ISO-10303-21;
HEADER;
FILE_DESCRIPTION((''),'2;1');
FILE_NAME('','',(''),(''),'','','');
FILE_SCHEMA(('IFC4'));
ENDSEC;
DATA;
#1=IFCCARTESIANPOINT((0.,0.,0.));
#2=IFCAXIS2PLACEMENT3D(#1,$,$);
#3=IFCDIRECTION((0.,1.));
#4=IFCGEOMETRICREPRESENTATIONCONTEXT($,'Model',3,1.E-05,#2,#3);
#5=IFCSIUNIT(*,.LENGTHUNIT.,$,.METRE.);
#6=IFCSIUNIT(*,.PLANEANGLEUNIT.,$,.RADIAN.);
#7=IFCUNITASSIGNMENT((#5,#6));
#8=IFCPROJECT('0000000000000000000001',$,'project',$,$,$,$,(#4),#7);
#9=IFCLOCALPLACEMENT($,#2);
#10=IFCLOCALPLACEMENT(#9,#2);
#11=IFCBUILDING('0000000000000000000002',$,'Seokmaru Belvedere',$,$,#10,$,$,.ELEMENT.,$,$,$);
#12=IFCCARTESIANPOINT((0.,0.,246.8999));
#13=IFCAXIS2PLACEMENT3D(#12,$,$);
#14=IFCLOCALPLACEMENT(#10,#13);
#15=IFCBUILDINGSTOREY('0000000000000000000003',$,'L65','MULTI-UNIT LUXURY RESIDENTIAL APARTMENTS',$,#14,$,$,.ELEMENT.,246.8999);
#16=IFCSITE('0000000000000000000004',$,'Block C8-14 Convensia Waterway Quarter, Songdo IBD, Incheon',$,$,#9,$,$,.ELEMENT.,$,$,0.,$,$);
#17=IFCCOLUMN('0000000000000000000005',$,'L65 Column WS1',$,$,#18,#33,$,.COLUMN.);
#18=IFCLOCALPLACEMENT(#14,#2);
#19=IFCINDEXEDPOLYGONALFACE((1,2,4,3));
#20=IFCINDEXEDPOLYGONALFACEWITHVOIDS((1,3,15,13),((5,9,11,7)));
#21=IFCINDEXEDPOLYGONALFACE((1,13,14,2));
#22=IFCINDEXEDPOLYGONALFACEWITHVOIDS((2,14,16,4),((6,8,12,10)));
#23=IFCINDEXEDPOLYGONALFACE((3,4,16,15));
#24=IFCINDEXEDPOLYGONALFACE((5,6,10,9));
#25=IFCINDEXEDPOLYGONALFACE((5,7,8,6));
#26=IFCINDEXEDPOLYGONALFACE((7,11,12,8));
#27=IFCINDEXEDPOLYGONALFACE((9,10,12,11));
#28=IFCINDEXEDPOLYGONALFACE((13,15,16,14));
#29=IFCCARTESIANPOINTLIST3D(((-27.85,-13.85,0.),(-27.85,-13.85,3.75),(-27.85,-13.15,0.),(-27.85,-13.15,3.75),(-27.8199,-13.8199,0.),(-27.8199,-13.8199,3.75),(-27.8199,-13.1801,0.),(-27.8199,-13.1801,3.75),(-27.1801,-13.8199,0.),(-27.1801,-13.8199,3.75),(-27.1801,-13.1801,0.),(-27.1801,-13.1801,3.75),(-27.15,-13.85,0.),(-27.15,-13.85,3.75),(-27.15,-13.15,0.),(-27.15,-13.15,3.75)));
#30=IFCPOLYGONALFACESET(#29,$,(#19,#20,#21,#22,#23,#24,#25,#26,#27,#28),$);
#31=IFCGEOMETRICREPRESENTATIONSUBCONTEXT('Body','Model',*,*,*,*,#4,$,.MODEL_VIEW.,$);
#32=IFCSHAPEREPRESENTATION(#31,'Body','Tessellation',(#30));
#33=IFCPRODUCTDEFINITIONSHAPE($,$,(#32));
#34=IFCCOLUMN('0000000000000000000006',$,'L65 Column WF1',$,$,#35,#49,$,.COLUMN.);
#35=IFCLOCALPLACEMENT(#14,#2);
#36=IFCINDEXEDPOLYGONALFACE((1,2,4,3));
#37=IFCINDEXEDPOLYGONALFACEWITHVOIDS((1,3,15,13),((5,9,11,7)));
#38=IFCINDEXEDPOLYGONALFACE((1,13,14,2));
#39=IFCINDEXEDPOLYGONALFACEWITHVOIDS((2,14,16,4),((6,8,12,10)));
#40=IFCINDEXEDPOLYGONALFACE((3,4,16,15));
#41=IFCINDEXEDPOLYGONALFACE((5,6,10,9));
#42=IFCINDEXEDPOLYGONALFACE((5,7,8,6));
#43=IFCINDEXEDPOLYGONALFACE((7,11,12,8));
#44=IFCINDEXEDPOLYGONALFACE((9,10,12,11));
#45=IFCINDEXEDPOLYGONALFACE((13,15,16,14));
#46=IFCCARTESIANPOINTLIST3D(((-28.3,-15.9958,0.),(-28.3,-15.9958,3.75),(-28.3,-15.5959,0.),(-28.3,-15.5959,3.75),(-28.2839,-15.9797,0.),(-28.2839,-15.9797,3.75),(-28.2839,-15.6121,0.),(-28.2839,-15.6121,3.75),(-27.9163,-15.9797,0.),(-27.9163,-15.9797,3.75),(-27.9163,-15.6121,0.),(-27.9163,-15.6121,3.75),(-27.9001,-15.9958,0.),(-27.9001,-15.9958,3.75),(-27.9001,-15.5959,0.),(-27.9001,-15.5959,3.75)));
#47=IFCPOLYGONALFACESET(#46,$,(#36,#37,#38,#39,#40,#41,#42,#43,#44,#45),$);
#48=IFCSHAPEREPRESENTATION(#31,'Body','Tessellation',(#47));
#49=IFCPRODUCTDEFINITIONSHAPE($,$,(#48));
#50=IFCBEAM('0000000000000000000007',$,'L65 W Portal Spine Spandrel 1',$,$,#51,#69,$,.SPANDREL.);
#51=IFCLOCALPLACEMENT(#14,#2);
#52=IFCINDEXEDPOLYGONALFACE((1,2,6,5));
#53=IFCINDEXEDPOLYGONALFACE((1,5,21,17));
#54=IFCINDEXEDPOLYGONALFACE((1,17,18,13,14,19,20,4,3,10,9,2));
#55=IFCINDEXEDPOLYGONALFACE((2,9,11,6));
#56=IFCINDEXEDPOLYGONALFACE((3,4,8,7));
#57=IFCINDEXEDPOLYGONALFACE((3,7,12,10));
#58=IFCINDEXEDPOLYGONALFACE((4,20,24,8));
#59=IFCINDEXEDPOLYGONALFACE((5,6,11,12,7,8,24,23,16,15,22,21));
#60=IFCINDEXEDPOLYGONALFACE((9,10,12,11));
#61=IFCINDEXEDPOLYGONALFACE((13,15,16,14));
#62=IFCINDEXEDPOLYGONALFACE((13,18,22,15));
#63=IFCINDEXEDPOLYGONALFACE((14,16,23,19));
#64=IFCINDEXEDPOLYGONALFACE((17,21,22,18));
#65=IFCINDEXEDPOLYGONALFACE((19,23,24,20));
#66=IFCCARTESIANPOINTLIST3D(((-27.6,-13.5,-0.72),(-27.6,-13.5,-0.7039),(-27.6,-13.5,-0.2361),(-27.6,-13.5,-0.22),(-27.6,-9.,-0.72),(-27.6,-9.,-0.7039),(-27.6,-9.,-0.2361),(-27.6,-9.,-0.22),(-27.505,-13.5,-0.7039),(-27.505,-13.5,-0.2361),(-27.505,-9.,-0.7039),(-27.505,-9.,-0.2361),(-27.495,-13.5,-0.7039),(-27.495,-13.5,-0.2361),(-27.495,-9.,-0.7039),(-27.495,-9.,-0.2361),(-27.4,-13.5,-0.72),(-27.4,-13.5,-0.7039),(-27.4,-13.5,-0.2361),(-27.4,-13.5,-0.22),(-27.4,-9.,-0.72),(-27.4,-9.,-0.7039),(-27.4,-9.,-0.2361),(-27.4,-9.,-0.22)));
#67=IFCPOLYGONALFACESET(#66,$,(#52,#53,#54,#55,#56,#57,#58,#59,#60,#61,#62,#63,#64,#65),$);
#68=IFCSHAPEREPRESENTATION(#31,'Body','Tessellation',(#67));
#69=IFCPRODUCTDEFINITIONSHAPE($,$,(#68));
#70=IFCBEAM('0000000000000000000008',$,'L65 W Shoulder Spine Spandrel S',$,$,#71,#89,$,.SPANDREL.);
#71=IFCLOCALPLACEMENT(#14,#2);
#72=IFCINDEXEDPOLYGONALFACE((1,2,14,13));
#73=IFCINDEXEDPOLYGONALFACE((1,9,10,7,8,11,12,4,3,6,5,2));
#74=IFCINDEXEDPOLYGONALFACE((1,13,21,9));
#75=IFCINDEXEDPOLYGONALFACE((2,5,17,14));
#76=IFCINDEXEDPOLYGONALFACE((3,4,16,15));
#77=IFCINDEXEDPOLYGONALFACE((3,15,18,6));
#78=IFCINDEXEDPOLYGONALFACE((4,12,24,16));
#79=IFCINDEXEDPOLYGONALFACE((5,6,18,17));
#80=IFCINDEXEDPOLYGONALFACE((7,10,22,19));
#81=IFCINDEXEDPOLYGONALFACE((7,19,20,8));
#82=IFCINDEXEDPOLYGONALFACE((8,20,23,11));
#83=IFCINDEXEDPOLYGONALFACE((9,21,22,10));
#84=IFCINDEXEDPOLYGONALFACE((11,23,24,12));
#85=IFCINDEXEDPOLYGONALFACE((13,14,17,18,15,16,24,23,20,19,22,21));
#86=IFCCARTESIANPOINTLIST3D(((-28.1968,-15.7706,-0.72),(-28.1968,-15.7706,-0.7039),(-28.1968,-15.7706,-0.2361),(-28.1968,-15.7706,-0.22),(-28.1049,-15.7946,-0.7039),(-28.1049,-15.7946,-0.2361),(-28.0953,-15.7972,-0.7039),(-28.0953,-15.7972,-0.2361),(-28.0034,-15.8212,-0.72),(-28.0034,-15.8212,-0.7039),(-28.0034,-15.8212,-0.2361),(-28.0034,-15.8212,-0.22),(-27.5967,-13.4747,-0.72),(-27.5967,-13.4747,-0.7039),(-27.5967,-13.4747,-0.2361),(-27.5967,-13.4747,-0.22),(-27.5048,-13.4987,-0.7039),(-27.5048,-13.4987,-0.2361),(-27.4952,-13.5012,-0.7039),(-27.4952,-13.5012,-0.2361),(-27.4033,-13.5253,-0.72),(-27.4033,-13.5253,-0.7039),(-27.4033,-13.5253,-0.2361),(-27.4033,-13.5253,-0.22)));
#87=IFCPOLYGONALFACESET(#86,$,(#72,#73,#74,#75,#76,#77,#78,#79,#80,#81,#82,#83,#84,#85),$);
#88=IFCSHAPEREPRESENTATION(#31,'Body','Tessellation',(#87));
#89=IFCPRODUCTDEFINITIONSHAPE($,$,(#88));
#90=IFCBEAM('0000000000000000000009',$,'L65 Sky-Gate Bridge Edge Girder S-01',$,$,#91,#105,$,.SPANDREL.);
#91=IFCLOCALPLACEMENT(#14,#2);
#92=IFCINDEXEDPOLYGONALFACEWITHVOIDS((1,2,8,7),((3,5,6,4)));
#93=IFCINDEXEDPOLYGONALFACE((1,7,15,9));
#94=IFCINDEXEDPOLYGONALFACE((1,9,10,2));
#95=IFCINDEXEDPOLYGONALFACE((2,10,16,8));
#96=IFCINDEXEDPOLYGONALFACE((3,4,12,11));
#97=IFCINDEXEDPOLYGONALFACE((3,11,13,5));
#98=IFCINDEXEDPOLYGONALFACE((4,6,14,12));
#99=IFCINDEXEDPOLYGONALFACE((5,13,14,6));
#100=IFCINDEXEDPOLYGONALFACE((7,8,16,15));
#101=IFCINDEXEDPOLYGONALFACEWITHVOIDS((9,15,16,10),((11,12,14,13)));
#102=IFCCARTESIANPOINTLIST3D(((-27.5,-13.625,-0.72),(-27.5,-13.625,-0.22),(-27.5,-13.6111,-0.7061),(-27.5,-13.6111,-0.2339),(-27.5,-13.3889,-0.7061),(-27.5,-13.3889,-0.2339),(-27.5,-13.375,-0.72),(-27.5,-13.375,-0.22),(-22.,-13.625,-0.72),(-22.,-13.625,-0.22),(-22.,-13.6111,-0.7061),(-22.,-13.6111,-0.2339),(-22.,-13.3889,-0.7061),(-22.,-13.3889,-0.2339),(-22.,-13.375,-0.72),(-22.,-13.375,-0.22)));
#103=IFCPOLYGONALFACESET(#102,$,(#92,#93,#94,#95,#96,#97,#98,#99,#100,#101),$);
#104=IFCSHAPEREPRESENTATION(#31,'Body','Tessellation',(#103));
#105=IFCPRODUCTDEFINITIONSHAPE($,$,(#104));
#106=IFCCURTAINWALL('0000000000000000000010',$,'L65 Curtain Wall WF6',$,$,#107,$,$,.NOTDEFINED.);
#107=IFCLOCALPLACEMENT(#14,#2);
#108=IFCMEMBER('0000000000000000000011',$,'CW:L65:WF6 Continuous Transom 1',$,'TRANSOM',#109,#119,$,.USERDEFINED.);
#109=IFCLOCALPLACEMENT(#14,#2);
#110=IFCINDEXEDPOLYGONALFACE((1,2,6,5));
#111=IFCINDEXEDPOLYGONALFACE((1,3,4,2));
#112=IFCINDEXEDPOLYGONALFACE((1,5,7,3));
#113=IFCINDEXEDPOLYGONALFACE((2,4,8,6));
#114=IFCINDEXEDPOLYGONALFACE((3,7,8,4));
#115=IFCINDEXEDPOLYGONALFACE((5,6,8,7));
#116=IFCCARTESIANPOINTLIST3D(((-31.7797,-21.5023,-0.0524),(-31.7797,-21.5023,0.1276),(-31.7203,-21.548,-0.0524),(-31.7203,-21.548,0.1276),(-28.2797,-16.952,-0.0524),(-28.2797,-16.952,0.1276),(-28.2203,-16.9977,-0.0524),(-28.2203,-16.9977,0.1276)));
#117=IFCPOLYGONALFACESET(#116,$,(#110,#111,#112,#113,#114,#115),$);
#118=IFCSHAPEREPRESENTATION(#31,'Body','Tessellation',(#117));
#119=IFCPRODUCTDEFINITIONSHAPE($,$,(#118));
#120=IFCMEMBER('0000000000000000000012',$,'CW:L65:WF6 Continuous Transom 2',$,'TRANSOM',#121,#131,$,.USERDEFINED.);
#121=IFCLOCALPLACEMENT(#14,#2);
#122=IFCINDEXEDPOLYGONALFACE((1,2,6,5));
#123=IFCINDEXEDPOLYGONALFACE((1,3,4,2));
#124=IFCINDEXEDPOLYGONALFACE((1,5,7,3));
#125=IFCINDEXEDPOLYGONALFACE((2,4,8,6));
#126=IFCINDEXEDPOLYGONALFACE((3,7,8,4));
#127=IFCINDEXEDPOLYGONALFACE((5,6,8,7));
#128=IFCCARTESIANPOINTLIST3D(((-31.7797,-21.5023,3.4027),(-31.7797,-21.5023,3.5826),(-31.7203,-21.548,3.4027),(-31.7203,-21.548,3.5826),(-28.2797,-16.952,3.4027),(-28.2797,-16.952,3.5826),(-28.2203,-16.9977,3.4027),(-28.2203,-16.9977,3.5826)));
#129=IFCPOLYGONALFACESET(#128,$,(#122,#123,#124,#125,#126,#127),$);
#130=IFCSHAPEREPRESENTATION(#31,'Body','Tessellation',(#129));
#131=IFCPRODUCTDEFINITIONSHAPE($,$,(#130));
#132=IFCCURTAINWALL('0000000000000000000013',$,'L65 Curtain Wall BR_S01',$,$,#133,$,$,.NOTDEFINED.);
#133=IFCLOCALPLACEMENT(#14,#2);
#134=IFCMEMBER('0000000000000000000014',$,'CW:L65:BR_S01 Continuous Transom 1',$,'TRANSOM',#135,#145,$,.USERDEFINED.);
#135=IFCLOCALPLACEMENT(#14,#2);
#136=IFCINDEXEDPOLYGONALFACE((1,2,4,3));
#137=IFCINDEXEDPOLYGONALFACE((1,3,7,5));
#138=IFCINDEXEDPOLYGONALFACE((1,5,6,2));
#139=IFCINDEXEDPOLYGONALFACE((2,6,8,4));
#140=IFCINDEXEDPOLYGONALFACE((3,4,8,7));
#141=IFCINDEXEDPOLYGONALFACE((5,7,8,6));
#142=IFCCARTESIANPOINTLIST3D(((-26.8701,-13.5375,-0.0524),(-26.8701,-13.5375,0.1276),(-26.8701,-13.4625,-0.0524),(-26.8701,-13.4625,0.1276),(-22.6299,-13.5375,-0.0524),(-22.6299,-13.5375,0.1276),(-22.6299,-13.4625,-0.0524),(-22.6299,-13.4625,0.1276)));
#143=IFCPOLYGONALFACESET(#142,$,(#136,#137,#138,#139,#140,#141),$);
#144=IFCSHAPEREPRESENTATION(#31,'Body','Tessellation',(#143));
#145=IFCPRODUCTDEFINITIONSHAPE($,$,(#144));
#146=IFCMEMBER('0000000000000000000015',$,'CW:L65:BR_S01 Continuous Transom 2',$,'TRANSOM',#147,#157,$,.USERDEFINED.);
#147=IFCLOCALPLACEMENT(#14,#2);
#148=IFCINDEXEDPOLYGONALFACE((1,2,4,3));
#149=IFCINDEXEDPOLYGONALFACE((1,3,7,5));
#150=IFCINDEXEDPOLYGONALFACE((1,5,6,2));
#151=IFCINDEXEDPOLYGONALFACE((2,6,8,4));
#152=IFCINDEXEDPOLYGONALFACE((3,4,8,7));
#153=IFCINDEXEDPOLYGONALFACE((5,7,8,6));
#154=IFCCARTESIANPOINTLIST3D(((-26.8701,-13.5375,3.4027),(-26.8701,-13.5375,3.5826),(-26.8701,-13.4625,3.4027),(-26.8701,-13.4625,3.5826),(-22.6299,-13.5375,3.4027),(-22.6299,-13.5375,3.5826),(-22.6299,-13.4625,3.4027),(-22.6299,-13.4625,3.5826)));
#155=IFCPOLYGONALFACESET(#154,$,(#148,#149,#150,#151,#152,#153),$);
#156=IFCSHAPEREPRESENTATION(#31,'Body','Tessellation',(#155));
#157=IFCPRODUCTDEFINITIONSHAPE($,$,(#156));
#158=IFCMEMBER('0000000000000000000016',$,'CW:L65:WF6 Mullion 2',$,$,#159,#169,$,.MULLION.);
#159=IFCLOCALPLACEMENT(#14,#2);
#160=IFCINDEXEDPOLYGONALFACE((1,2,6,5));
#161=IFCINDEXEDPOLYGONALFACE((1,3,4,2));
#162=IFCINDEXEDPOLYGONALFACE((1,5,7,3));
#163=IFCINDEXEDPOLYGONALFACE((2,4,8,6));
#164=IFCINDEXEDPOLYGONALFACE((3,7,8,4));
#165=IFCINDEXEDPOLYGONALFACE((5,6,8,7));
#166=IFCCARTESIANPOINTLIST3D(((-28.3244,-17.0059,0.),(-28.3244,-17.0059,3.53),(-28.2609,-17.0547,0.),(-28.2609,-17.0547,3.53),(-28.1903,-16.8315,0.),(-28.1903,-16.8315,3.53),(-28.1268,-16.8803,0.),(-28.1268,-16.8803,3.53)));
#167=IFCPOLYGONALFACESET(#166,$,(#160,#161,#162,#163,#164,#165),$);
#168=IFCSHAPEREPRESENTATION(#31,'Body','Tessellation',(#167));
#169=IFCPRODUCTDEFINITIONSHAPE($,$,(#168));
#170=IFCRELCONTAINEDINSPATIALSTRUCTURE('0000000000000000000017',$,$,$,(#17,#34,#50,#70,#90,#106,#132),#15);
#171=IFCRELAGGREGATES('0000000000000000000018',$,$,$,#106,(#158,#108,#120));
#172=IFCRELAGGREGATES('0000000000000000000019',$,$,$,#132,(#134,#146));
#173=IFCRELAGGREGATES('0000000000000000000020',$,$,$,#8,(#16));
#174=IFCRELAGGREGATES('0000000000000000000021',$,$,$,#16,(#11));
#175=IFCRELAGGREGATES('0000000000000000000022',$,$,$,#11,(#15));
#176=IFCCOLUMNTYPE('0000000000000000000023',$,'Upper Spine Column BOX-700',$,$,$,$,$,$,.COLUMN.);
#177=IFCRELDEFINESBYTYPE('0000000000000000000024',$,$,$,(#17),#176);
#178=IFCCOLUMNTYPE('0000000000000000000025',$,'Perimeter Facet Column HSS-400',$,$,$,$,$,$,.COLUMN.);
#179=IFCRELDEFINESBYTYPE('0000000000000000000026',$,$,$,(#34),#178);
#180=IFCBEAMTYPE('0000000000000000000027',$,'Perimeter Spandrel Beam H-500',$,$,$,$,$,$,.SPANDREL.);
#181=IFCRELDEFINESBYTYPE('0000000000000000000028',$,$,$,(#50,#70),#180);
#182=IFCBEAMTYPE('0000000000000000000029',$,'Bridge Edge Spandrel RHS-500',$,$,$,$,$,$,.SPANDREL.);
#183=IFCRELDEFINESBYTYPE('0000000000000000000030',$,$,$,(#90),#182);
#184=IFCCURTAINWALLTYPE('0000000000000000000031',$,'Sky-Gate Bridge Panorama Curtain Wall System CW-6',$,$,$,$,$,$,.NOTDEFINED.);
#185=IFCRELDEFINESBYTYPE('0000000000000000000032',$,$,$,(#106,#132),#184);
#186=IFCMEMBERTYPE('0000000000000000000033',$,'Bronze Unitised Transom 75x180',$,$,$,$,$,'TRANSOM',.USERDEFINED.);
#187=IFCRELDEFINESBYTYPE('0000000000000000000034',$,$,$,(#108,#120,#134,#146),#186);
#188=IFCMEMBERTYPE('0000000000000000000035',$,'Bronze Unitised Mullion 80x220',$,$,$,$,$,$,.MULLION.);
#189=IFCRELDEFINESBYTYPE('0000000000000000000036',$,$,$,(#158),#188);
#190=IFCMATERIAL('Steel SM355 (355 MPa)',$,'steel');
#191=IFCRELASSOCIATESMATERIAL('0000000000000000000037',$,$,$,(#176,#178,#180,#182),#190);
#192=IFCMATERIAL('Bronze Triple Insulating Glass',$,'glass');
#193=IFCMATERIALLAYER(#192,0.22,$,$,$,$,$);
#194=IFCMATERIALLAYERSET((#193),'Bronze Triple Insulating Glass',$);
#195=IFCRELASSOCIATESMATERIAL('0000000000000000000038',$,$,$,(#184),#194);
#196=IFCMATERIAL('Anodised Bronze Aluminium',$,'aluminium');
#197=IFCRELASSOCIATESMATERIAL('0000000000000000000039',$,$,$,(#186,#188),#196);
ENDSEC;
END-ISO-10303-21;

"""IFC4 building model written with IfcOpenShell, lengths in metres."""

from ifc_helpers import new_model, si_unit, direction, frame, origin, origin_2d, place, context, subcontext, project, spatial, rectangle, hollow_rectangle, i_section, extrude, source, transform, mapped, material, layer, layer_set, material_profile, profile_set, type_object, type_shapes, element, aggregate, save


model = new_model("IFC4")

# Units and contexts
model_context = context("Model", 3, precision=1e-05, world=origin(), true_north=direction((0.0, 1.0)))
body_context = subcontext(model_context, "Body", "Model", "MODEL_VIEW")
ifc_project = project(units=[si_unit("LENGTHUNIT", "METRE"), si_unit("PLANEANGLEUNIT", "RADIAN")], contexts=[model_context])

# Site, building, storey
site_placement = place(None, origin())
site = spatial("IfcSite", under=ifc_project, at=site_placement, Name="Block C8-14 Convensia Waterway Quarter, Songdo IBD, Incheon", CompositionType="ELEMENT", RefElevation=0.0)
building_placement = place(site_placement, origin())
building = spatial("IfcBuilding", under=site, at=building_placement, Name="Seokmaru Belvedere", CompositionType="ELEMENT")
storey_placement = place(building_placement, frame((0.0, 0.0, 246.8999)))
storey = spatial("IfcBuildingStorey", under=building, at=storey_placement, Name="L65", Description="MULTI-UNIT LUXURY RESIDENTIAL APARTMENTS", CompositionType="ELEMENT", Elevation=246.8999)

# Columns
ifc_material_1 = material(Name="Steel SM355 (355 MPa)", Category="steel")
ifc_material_profile_1 = material_profile(ifc_material_1, hollow_rectangle(XDim=0.7, YDim=0.7, WallThickness=0.03, at=origin_2d()), Name="BOX-700x700x30")
ifc_profile_set_1 = profile_set([ifc_material_profile_1], Name="Steel SM355 (355 MPa)")
column_type_1 = type_object("IfcColumnType", Name="Upper Spine Column BOX-700", PredefinedType="COLUMN", material=ifc_profile_set_1)
shared_shape_1 = source(origin(), body_context, "Body", "SweptSolid", [
    extrude(hollow_rectangle(XDim=0.7, YDim=0.7, WallThickness=0.03, at=origin_2d()), origin(), (0.0, 0.0, 1.0), 3.75),
])
type_shapes(column_type_1, [shared_shape_1])
column_1_placement = place(storey_placement, frame((-27.5, -13.5, 0.0), z_axis=(0.0, 0.0, 1.0), x_axis=(1.0, 0.0, 0.0)))
element("IfcColumn", 1, at=column_1_placement, inside=storey, type_object=column_type_1, Name="L65 Column WS1", PredefinedType="COLUMN", context=body_context, shape_type="MappedRepresentation", body=[
    mapped(shared_shape_1, transform((0.0, 0.0, 0.0), scale=1.0)),
])
ifc_material_profile_2 = material_profile(ifc_material_1, hollow_rectangle(XDim=0.3999, YDim=0.3999, WallThickness=0.0161, at=origin_2d()), Name="HSS-400x400x16")
ifc_profile_set_2 = profile_set([ifc_material_profile_2], Name="Steel SM355 (355 MPa)")
column_type_2 = type_object("IfcColumnType", Name="Perimeter Facet Column HSS-400", PredefinedType="COLUMN", material=ifc_profile_set_2)
shared_shape_2 = source(origin(), body_context, "Body", "SweptSolid", [
    extrude(hollow_rectangle(XDim=0.3999, YDim=0.3999, WallThickness=0.0161, at=origin_2d()), origin(), (0.0, 0.0, 1.0), 3.75),
])
type_shapes(column_type_2, [shared_shape_2])
column_2_placement = place(storey_placement, frame((-28.1001, -15.7959, 0.0), z_axis=(0.0, 0.0, 1.0), x_axis=(1.0, 0.0, 0.0)))
element("IfcColumn", 2, at=column_2_placement, inside=storey, type_object=column_type_2, Name="L65 Column WF1", PredefinedType="COLUMN", context=body_context, shape_type="MappedRepresentation", body=[
    mapped(shared_shape_2, transform((0.0, 0.0, 0.0), scale=1.0)),
])

# Beams
ifc_material_profile_3 = material_profile(ifc_material_1, i_section(OverallWidth=0.2, OverallDepth=0.5, WebThickness=0.01, FlangeThickness=0.0161, at=origin_2d()), Name="H-500x200x10x16")
ifc_profile_set_3 = profile_set([ifc_material_profile_3], Name="Steel SM355 (355 MPa)")
beam_type_1 = type_object("IfcBeamType", Name="Perimeter Spandrel Beam H-500", PredefinedType="SPANDREL", material=ifc_profile_set_3)
shared_shape_3 = source(origin(), body_context, "Body", "SweptSolid", [
    extrude(i_section(OverallWidth=0.2, OverallDepth=0.5, WebThickness=0.01, FlangeThickness=0.0161, at=origin_2d()), origin(), (0.0, 0.0, 1.0), 4.5),
])
beam_1_placement = place(storey_placement, frame((-27.5, -13.5, -0.47), z_axis=(0.0, 1.0, 0.0), x_axis=(-1.0, 0.0, 0.0)))
element("IfcBeam", 3, at=beam_1_placement, inside=storey, type_object=beam_type_1, Name="L65 W Portal Spine Spandrel 1", PredefinedType="SPANDREL", context=body_context, shape_type="MappedRepresentation", body=[
    mapped(shared_shape_3, transform((0.0, 0.0, 0.0), scale=1.0)),
])
shared_shape_4 = source(origin(), body_context, "Body", "SweptSolid", [
    extrude(i_section(OverallWidth=0.2, OverallDepth=0.5, WebThickness=0.01, FlangeThickness=0.0161, at=origin_2d()), origin(), (0.0, 0.0, 1.0), 2.373),
])
type_shapes(beam_type_1, [shared_shape_3, shared_shape_4])
beam_2_placement = place(storey_placement, frame((-28.1001, -15.7959, -0.47), z_axis=(0.252883, 0.967497, 0.0), x_axis=(-0.967497, 0.252883, 0.0)))
element("IfcBeam", 4, at=beam_2_placement, inside=storey, type_object=beam_type_1, Name="L65 W Shoulder Spine Spandrel S", PredefinedType="SPANDREL", context=body_context, shape_type="MappedRepresentation", body=[
    mapped(shared_shape_4, transform((0.0, 0.0, 0.0), scale=1.0)),
])
ifc_material_profile_4 = material_profile(ifc_material_1, hollow_rectangle(XDim=0.25, YDim=0.5, WallThickness=0.0139, at=origin_2d()), Name="RHS-500x250x14")
ifc_profile_set_4 = profile_set([ifc_material_profile_4], Name="Steel SM355 (355 MPa)")
beam_type_2 = type_object("IfcBeamType", Name="Bridge Edge Spandrel RHS-500", PredefinedType="SPANDREL", material=ifc_profile_set_4)
shared_shape_5 = source(origin(), body_context, "Body", "SweptSolid", [
    extrude(hollow_rectangle(XDim=0.25, YDim=0.5, WallThickness=0.0139, at=origin_2d()), origin(), (0.0, 0.0, 1.0), 5.5),
])
type_shapes(beam_type_2, [shared_shape_5])
beam_3_placement = place(storey_placement, frame((-27.5, -13.5, -0.47), z_axis=(1.0, 0.0, 0.0), x_axis=(0.0, 1.0, 0.0)))
element("IfcBeam", 5, at=beam_3_placement, inside=storey, type_object=beam_type_2, Name="L65 Sky-Gate Bridge Edge Girder S-01", PredefinedType="SPANDREL", context=body_context, shape_type="MappedRepresentation", body=[
    mapped(shared_shape_5, transform((0.0, 0.0, 0.0), scale=1.0)),
])

# Curtain walls, members
ifc_material_2 = material(Name="Bronze Triple Insulating Glass", Category="glass")
ifc_layer_1 = layer(ifc_material_2, 0.22)
ifc_layer_set_1 = layer_set([ifc_layer_1], Name="Bronze Triple Insulating Glass")
curtain_wall_type = type_object("IfcCurtainWallType", Name="Sky-Gate Bridge Panorama Curtain Wall System CW-6", PredefinedType="NOTDEFINED", material=ifc_layer_set_1)
curtain_wall_1_placement = place(storey_placement, origin())
curtain_wall_1 = element("IfcCurtainWall", 6, at=curtain_wall_1_placement, inside=storey, type_object=curtain_wall_type, Name="L65 Curtain Wall WF6", PredefinedType="NOTDEFINED")
ifc_material_3 = material(Name="Anodised Bronze Aluminium", Category="aluminium")
ifc_material_profile_5 = material_profile(ifc_material_3, rectangle(XDim=0.075, YDim=0.1799, at=origin_2d()), Name="CW-T-75x180")
ifc_profile_set_5 = profile_set([ifc_material_profile_5], Name="Anodised Bronze Aluminium")
member_type_1 = type_object("IfcMemberType", Name="Bronze Unitised Transom 75x180", ElementType="TRANSOM", PredefinedType="USERDEFINED", material=ifc_profile_set_5)
shared_shape_6 = source(origin(), body_context, "Body", "SweptSolid", [
    extrude(rectangle(XDim=0.075, YDim=0.1799, at=origin_2d()), origin(), (0.0, 0.0, 1.0), 5.7407),
])
member_1_placement = place(storey_placement, frame((-31.75, -21.5251, 0.0376), z_axis=(0.609686, 0.792643, 0.0), x_axis=(-0.792643, 0.609686, 0.0)))
member_1 = element("IfcMember", 7, at=member_1_placement, type_object=member_type_1, Name="CW:L65:WF6 Continuous Transom 1", ObjectType="TRANSOM", PredefinedType="USERDEFINED", context=body_context, shape_type="MappedRepresentation", body=[
    mapped(shared_shape_6, transform((0.0, 0.0, 0.0), scale=1.0)),
])
member_2_placement = place(storey_placement, frame((-31.75, -21.5251, 3.4927), z_axis=(0.609686, 0.792643, 0.0), x_axis=(-0.792643, 0.609686, 0.0)))
member_2 = element("IfcMember", 8, at=member_2_placement, type_object=member_type_1, Name="CW:L65:WF6 Continuous Transom 2", ObjectType="TRANSOM", PredefinedType="USERDEFINED", context=body_context, shape_type="MappedRepresentation", body=[
    mapped(shared_shape_6, transform((0.0, 0.0, 0.0), scale=1.0)),
])
curtain_wall_2_placement = place(storey_placement, origin())
curtain_wall_2 = element("IfcCurtainWall", 9, at=curtain_wall_2_placement, inside=storey, type_object=curtain_wall_type, Name="L65 Curtain Wall BR_S01", PredefinedType="NOTDEFINED")
shared_shape_7 = source(origin(), body_context, "Body", "SweptSolid", [
    extrude(rectangle(XDim=0.075, YDim=0.1799, at=origin_2d()), origin(), (0.0, 0.0, 1.0), 4.2402),
])
type_shapes(member_type_1, [shared_shape_6, shared_shape_7])
member_3_placement = place(storey_placement, frame((-26.8701, -13.5, 0.0376), z_axis=(1.0, 0.0, 0.0), x_axis=(0.0, 1.0, 0.0)))
member_3 = element("IfcMember", 10, at=member_3_placement, type_object=member_type_1, Name="CW:L65:BR_S01 Continuous Transom 1", ObjectType="TRANSOM", PredefinedType="USERDEFINED", context=body_context, shape_type="MappedRepresentation", body=[
    mapped(shared_shape_7, transform((0.0, 0.0, 0.0), scale=1.0)),
])
member_4_placement = place(storey_placement, frame((-26.8701, -13.5, 3.4927), z_axis=(1.0, 0.0, 0.0), x_axis=(0.0, 1.0, 0.0)))
member_4 = element("IfcMember", 11, at=member_4_placement, type_object=member_type_1, Name="CW:L65:BR_S01 Continuous Transom 2", ObjectType="TRANSOM", PredefinedType="USERDEFINED", context=body_context, shape_type="MappedRepresentation", body=[
    mapped(shared_shape_7, transform((0.0, 0.0, 0.0), scale=1.0)),
])

# Member
ifc_material_profile_6 = material_profile(ifc_material_3, rectangle(XDim=0.0801, YDim=0.22, at=origin_2d()), Name="CW-M-80x220")
ifc_profile_set_6 = profile_set([ifc_material_profile_6], Name="Anodised Bronze Aluminium")
member_type_2 = type_object("IfcMemberType", Name="Bronze Unitised Mullion 80x220", PredefinedType="MULLION", material=ifc_profile_set_6)
shared_shape_8 = source(origin(), body_context, "Body", "SweptSolid", [
    extrude(rectangle(XDim=0.0801, YDim=0.22, at=origin_2d()), origin(), (0.0, 0.0, 1.0), 3.53),
])
type_shapes(member_type_2, [shared_shape_8])
member_5_placement = place(storey_placement, frame((-28.2256, -16.9431, 0.0), z_axis=(0.0, 0.0, 1.0), x_axis=(-0.792631, 0.609701, 0.0)))
member_5 = element("IfcMember", 12, at=member_5_placement, type_object=member_type_2, Name="CW:L65:WF6 Mullion 2", PredefinedType="MULLION", context=body_context, shape_type="MappedRepresentation", body=[
    mapped(shared_shape_8, transform((0.0, 0.0, 0.0), scale=1.0)),
])

aggregate(curtain_wall_1, [member_5, member_1, member_2])
aggregate(curtain_wall_2, [member_3, member_4])

save(model, "model.ifc")
